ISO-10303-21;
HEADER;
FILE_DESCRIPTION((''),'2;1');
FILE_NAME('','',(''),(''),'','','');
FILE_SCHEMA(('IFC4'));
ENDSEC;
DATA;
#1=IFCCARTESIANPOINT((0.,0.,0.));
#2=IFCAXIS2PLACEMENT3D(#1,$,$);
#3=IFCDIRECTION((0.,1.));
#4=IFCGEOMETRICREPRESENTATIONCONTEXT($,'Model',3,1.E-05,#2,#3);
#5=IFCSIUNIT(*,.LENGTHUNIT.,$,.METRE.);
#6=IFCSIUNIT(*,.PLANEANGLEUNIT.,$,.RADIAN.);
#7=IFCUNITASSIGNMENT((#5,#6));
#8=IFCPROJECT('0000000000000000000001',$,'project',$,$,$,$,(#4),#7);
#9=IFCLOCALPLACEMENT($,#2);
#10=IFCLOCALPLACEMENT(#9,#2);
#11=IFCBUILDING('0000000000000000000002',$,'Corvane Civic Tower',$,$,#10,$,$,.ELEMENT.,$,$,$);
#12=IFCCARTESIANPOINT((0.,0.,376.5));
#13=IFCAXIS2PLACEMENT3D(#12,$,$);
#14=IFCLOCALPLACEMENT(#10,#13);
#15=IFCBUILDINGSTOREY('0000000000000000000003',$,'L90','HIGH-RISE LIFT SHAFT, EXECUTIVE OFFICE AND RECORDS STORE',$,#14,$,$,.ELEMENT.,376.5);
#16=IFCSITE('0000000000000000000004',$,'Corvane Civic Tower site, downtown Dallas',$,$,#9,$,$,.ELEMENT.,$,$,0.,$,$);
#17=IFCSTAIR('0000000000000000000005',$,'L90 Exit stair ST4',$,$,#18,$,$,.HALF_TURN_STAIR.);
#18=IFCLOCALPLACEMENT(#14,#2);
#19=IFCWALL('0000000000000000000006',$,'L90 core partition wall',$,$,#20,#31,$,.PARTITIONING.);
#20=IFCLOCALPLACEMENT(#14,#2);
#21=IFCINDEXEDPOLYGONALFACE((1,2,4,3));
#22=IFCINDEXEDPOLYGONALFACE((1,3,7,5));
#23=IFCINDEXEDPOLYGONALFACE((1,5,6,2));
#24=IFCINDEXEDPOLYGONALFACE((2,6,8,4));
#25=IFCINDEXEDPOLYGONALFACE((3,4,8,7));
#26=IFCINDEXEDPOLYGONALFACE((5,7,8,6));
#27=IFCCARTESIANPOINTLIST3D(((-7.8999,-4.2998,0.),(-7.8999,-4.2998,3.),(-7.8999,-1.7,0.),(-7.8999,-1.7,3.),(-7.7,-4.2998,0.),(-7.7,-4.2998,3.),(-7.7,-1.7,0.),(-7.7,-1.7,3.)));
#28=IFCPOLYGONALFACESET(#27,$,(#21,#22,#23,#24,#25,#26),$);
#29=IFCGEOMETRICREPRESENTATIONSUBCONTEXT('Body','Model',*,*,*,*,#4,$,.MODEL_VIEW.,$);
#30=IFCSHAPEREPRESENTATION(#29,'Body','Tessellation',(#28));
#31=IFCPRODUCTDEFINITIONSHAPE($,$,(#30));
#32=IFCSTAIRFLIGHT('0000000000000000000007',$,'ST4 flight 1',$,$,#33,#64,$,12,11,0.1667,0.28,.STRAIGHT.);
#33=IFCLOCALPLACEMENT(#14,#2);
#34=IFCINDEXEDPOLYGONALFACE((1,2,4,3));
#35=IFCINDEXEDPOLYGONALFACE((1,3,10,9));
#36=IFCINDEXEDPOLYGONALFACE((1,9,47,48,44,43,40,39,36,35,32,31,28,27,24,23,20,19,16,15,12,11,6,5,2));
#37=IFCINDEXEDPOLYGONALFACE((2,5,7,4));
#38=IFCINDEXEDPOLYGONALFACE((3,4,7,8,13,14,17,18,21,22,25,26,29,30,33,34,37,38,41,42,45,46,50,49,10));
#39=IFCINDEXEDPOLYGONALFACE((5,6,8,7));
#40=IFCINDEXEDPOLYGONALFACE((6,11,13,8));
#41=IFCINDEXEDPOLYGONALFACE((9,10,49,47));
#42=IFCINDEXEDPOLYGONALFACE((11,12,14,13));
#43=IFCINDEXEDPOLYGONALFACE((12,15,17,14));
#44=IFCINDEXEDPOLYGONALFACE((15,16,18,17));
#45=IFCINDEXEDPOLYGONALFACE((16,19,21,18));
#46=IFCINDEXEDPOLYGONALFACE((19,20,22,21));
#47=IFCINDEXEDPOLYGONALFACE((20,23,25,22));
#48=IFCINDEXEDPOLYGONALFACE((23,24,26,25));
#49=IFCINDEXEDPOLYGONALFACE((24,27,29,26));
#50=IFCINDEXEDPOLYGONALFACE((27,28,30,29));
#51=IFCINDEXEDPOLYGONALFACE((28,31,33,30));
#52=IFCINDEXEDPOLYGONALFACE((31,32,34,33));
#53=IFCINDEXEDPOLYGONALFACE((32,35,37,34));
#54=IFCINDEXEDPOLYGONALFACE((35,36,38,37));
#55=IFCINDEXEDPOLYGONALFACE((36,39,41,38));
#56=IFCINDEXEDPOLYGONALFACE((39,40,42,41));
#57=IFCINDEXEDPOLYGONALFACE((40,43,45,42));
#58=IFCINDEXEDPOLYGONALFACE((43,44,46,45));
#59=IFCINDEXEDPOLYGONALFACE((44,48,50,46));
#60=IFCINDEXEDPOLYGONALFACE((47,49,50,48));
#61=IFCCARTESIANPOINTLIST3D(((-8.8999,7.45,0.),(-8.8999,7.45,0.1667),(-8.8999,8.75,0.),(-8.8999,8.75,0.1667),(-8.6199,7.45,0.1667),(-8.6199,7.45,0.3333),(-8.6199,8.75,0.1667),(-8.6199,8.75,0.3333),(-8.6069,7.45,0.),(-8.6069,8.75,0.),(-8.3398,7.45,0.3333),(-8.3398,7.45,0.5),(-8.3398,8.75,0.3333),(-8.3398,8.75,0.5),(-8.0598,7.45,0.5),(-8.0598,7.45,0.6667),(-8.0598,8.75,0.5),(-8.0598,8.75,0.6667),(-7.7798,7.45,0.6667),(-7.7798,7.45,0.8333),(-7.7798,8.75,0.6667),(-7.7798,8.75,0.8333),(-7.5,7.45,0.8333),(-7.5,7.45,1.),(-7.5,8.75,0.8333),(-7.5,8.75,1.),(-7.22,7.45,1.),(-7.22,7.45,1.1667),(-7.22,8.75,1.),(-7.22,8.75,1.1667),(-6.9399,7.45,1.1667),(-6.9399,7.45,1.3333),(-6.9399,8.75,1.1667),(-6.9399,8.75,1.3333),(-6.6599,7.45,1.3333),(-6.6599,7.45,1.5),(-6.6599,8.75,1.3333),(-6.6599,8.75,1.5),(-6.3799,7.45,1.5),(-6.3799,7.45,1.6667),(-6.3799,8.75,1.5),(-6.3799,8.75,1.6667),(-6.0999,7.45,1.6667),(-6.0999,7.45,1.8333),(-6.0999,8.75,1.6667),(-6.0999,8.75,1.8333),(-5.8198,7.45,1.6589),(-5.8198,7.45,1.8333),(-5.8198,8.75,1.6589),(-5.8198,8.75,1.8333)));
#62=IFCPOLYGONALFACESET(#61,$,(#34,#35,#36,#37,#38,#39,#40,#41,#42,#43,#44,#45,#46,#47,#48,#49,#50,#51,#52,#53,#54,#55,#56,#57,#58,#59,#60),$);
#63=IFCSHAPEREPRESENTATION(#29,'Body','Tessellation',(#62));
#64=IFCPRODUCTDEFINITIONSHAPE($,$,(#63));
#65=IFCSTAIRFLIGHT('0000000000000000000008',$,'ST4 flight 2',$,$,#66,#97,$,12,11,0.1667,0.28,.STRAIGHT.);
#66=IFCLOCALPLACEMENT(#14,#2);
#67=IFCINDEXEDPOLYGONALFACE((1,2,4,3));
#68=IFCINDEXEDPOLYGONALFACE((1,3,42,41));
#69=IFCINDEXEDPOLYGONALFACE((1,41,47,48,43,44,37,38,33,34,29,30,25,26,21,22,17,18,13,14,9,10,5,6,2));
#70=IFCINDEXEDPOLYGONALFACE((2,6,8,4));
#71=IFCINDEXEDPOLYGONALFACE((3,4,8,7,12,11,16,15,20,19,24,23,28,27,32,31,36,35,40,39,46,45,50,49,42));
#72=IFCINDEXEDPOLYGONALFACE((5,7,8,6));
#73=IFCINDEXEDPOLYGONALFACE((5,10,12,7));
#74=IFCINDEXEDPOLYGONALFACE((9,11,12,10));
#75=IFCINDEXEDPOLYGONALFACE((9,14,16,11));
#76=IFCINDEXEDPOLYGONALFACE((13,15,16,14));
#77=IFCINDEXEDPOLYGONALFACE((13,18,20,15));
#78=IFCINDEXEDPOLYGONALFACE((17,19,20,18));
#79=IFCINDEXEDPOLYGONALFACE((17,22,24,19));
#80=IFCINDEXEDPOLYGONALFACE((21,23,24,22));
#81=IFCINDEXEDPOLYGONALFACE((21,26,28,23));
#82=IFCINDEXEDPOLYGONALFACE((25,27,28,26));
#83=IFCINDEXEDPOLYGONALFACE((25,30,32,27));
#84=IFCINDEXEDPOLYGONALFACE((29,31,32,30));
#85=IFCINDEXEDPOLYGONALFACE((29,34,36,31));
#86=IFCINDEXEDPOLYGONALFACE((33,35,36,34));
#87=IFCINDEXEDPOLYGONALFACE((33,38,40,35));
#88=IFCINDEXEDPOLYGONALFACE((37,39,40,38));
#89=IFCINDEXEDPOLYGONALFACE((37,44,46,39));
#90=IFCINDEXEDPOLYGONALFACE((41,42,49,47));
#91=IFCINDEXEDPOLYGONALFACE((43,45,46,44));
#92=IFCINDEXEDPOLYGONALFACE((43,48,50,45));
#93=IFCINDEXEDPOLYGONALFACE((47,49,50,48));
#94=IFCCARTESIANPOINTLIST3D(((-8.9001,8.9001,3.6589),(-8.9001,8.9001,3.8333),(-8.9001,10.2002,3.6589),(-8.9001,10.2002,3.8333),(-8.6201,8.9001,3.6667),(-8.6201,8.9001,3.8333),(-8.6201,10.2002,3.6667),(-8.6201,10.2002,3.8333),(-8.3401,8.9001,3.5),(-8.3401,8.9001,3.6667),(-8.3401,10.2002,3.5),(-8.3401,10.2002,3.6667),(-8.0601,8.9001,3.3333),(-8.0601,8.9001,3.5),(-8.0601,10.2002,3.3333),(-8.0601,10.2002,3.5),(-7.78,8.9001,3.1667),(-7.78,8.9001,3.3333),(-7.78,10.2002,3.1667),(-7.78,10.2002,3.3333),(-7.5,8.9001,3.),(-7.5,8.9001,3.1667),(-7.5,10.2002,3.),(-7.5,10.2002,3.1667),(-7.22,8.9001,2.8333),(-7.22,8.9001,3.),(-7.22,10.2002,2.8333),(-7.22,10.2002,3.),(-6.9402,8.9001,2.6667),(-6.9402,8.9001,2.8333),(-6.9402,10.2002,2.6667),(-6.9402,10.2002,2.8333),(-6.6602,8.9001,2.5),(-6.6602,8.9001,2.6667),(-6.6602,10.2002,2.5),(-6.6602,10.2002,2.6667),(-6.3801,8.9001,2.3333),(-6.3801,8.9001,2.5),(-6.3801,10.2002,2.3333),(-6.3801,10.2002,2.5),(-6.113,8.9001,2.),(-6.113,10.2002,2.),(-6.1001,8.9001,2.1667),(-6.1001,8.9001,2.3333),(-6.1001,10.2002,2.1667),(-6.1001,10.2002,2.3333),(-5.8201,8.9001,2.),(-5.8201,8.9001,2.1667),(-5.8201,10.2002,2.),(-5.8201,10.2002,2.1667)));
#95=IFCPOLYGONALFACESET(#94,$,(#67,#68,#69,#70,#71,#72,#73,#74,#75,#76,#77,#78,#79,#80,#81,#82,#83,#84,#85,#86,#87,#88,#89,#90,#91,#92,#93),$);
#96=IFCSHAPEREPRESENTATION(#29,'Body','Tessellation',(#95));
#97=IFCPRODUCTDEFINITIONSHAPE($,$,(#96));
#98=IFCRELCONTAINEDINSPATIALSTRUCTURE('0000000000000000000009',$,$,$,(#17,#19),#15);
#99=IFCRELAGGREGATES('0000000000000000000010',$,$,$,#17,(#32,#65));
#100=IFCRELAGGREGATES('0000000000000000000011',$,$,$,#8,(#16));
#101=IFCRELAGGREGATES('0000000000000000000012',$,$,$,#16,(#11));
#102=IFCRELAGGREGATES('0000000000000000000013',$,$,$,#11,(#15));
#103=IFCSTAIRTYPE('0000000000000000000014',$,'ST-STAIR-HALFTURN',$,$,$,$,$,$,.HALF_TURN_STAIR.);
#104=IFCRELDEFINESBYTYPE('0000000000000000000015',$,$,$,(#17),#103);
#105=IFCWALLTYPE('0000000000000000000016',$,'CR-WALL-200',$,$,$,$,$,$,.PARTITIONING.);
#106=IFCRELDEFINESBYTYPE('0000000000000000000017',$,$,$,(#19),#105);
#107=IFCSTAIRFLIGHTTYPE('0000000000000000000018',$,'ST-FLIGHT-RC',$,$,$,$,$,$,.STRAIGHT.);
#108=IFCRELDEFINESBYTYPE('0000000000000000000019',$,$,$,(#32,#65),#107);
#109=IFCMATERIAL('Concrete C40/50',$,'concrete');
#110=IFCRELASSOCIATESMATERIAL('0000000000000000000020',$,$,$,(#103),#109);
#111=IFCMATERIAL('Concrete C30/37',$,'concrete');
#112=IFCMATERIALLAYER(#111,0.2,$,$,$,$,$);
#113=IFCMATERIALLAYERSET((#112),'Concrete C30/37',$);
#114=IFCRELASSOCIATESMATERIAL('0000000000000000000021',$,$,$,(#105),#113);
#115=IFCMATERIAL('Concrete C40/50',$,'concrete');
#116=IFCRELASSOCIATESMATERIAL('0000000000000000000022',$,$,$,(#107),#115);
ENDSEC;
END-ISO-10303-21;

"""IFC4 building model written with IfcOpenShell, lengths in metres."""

from ifc_helpers import new_model, si_unit, direction, frame, origin, place, context, subcontext, project, spatial, polyline, outline, extrude, material, layer, layer_set, type_object, element, aggregate, save


model = new_model("IFC4")

# Units and contexts
model_context = context("Model", 3, precision=1e-05, world=origin(), true_north=direction((0.0, 1.0)))
body_context = subcontext(model_context, "Body", "Model", "MODEL_VIEW")
ifc_project = project(units=[si_unit("LENGTHUNIT", "METRE"), si_unit("PLANEANGLEUNIT", "RADIAN")], contexts=[model_context])

# Site, building, storey
site_placement = place(None, origin())
site = spatial("IfcSite", under=ifc_project, at=site_placement, Name="Corvane Civic Tower site, downtown Dallas", CompositionType="ELEMENT", RefElevation=0.0)
building_placement = place(site_placement, origin())
building = spatial("IfcBuilding", under=site, at=building_placement, Name="Corvane Civic Tower", CompositionType="ELEMENT")
storey_placement = place(building_placement, frame((0.0, 0.0, 376.5)))
storey = spatial("IfcBuildingStorey", under=building, at=storey_placement, Name="L90", Description="HIGH-RISE LIFT SHAFT, EXECUTIVE OFFICE AND RECORDS STORE", CompositionType="ELEMENT", Elevation=376.5)

# Stair
ifc_material_1 = material(Name="Concrete C40/50", Category="concrete")
stair_type = type_object("IfcStairType", Name="ST-STAIR-HALFTURN", PredefinedType="HALF_TURN_STAIR", material=ifc_material_1)
stair_1_placement = place(storey_placement, origin())
stair_1 = element("IfcStair", 1, at=stair_1_placement, inside=storey, type_object=stair_type, Name="L90 Exit stair ST4", PredefinedType="HALF_TURN_STAIR")

# Shared definitions
ifc_material_2 = material(Name="Concrete C30/37", Category="concrete")
ifc_layer_1 = layer(ifc_material_2, 0.2)
ifc_layer_set_1 = layer_set([ifc_layer_1], Name="Concrete C30/37")
wall_type = type_object("IfcWallType", Name="CR-WALL-200", PredefinedType="PARTITIONING", material=ifc_layer_set_1)

# Wall
wall_1_placement = place(storey_placement, origin())
element("IfcWall", 2, at=wall_1_placement, inside=storey, type_object=wall_type, Name="L90 core partition wall", PredefinedType="PARTITIONING", context=body_context, shape_type="SweptSolid", body=[
    extrude(outline(polyline([(-7.7, -1.7), (-7.7, -4.2998), (-7.8999, -4.2998), (-7.8999, -1.7), (-7.7, -1.7)])), origin(), (0.0, 0.0, 1.0), 3.0),
])

# Stair flights
ifc_material_3 = material(Name="Concrete C40/50", Category="concrete")
stair_flight_type = type_object("IfcStairFlightType", Name="ST-FLIGHT-RC", PredefinedType="STRAIGHT", material=ifc_material_3)
stair_flight_1_placement = place(storey_placement, frame((-8.8999, 8.1001, 0.0), z_axis=(0.0, 0.0, 1.0), x_axis=(1.0, 0.0, 0.0)))
stair_flight_1 = element("IfcStairFlight", 3, at=stair_flight_1_placement, type_object=stair_flight_type, Name="ST4 flight 1", NumberOfRisers=12, NumberOfTreads=11, PredefinedType="STRAIGHT", RiserHeight=0.1667, TreadLength=0.28, context=body_context, shape_type="SweptSolid", body=[
    extrude(outline(polyline([(0.0, 0.0), (0.0, 0.1667), (0.28, 0.1667), (0.28, 0.3333), (0.5601, 0.3333), (0.5601, 0.5), (0.8401, 0.5), (0.8401, 0.6667), (1.1201, 0.6667), (1.1201, 0.8333), (1.3999, 0.8333), (1.3999, 1.0), (1.6799, 1.0), (1.6799, 1.1667), (1.96, 1.1667), (1.96, 1.3333), (2.24, 1.3333), (2.24, 1.5), (2.52, 1.5), (2.52, 1.6667), (2.8, 1.6667), (2.8, 1.8333), (3.0801, 1.8333), (3.0801, 2.0), (3.0801, 1.6589), (0.293, 0.0), (0.0, 0.0)])), frame((0.0, 0.6499, 0.0), z_axis=(0.0, -1.0, 0.0), x_axis=(1.0, 0.0, 0.0)), (0.0, 0.0, 1.0), 1.3),
])
stair_flight_2_placement = place(storey_placement, frame((-5.8201, 9.55, 2.0), z_axis=(0.0, 0.0, 1.0), x_axis=(-1.0, 0.0, 0.0)))
stair_flight_2 = element("IfcStairFlight", 4, at=stair_flight_2_placement, type_object=stair_flight_type, Name="ST4 flight 2", NumberOfRisers=12, NumberOfTreads=11, PredefinedType="STRAIGHT", RiserHeight=0.1667, TreadLength=0.28, context=body_context, shape_type="SweptSolid", body=[
    extrude(outline(polyline([(0.0, 0.0), (0.0, 0.1667), (0.28, 0.1667), (0.28, 0.3333), (0.5601, 0.3333), (0.5601, 0.5), (0.8401, 0.5), (0.8401, 0.6667), (1.1201, 0.6667), (1.1201, 0.8333), (1.3999, 0.8333), (1.3999, 1.0), (1.6799, 1.0), (1.6799, 1.1667), (1.96, 1.1667), (1.96, 1.3333), (2.24, 1.3333), (2.24, 1.5), (2.52, 1.5), (2.52, 1.6667), (2.8, 1.6667), (2.8, 1.8333), (3.0801, 1.8333), (3.0801, 2.0), (3.0801, 1.6589), (0.293, 0.0), (0.0, 0.0)])), frame((0.0, 0.6499, 0.0), z_axis=(0.0, -1.0, 0.0), x_axis=(1.0, 0.0, 0.0)), (0.0, 0.0, 1.0), 1.3),
])
aggregate(stair_1, [stair_flight_1, stair_flight_2])

save(model, "model.ifc")
